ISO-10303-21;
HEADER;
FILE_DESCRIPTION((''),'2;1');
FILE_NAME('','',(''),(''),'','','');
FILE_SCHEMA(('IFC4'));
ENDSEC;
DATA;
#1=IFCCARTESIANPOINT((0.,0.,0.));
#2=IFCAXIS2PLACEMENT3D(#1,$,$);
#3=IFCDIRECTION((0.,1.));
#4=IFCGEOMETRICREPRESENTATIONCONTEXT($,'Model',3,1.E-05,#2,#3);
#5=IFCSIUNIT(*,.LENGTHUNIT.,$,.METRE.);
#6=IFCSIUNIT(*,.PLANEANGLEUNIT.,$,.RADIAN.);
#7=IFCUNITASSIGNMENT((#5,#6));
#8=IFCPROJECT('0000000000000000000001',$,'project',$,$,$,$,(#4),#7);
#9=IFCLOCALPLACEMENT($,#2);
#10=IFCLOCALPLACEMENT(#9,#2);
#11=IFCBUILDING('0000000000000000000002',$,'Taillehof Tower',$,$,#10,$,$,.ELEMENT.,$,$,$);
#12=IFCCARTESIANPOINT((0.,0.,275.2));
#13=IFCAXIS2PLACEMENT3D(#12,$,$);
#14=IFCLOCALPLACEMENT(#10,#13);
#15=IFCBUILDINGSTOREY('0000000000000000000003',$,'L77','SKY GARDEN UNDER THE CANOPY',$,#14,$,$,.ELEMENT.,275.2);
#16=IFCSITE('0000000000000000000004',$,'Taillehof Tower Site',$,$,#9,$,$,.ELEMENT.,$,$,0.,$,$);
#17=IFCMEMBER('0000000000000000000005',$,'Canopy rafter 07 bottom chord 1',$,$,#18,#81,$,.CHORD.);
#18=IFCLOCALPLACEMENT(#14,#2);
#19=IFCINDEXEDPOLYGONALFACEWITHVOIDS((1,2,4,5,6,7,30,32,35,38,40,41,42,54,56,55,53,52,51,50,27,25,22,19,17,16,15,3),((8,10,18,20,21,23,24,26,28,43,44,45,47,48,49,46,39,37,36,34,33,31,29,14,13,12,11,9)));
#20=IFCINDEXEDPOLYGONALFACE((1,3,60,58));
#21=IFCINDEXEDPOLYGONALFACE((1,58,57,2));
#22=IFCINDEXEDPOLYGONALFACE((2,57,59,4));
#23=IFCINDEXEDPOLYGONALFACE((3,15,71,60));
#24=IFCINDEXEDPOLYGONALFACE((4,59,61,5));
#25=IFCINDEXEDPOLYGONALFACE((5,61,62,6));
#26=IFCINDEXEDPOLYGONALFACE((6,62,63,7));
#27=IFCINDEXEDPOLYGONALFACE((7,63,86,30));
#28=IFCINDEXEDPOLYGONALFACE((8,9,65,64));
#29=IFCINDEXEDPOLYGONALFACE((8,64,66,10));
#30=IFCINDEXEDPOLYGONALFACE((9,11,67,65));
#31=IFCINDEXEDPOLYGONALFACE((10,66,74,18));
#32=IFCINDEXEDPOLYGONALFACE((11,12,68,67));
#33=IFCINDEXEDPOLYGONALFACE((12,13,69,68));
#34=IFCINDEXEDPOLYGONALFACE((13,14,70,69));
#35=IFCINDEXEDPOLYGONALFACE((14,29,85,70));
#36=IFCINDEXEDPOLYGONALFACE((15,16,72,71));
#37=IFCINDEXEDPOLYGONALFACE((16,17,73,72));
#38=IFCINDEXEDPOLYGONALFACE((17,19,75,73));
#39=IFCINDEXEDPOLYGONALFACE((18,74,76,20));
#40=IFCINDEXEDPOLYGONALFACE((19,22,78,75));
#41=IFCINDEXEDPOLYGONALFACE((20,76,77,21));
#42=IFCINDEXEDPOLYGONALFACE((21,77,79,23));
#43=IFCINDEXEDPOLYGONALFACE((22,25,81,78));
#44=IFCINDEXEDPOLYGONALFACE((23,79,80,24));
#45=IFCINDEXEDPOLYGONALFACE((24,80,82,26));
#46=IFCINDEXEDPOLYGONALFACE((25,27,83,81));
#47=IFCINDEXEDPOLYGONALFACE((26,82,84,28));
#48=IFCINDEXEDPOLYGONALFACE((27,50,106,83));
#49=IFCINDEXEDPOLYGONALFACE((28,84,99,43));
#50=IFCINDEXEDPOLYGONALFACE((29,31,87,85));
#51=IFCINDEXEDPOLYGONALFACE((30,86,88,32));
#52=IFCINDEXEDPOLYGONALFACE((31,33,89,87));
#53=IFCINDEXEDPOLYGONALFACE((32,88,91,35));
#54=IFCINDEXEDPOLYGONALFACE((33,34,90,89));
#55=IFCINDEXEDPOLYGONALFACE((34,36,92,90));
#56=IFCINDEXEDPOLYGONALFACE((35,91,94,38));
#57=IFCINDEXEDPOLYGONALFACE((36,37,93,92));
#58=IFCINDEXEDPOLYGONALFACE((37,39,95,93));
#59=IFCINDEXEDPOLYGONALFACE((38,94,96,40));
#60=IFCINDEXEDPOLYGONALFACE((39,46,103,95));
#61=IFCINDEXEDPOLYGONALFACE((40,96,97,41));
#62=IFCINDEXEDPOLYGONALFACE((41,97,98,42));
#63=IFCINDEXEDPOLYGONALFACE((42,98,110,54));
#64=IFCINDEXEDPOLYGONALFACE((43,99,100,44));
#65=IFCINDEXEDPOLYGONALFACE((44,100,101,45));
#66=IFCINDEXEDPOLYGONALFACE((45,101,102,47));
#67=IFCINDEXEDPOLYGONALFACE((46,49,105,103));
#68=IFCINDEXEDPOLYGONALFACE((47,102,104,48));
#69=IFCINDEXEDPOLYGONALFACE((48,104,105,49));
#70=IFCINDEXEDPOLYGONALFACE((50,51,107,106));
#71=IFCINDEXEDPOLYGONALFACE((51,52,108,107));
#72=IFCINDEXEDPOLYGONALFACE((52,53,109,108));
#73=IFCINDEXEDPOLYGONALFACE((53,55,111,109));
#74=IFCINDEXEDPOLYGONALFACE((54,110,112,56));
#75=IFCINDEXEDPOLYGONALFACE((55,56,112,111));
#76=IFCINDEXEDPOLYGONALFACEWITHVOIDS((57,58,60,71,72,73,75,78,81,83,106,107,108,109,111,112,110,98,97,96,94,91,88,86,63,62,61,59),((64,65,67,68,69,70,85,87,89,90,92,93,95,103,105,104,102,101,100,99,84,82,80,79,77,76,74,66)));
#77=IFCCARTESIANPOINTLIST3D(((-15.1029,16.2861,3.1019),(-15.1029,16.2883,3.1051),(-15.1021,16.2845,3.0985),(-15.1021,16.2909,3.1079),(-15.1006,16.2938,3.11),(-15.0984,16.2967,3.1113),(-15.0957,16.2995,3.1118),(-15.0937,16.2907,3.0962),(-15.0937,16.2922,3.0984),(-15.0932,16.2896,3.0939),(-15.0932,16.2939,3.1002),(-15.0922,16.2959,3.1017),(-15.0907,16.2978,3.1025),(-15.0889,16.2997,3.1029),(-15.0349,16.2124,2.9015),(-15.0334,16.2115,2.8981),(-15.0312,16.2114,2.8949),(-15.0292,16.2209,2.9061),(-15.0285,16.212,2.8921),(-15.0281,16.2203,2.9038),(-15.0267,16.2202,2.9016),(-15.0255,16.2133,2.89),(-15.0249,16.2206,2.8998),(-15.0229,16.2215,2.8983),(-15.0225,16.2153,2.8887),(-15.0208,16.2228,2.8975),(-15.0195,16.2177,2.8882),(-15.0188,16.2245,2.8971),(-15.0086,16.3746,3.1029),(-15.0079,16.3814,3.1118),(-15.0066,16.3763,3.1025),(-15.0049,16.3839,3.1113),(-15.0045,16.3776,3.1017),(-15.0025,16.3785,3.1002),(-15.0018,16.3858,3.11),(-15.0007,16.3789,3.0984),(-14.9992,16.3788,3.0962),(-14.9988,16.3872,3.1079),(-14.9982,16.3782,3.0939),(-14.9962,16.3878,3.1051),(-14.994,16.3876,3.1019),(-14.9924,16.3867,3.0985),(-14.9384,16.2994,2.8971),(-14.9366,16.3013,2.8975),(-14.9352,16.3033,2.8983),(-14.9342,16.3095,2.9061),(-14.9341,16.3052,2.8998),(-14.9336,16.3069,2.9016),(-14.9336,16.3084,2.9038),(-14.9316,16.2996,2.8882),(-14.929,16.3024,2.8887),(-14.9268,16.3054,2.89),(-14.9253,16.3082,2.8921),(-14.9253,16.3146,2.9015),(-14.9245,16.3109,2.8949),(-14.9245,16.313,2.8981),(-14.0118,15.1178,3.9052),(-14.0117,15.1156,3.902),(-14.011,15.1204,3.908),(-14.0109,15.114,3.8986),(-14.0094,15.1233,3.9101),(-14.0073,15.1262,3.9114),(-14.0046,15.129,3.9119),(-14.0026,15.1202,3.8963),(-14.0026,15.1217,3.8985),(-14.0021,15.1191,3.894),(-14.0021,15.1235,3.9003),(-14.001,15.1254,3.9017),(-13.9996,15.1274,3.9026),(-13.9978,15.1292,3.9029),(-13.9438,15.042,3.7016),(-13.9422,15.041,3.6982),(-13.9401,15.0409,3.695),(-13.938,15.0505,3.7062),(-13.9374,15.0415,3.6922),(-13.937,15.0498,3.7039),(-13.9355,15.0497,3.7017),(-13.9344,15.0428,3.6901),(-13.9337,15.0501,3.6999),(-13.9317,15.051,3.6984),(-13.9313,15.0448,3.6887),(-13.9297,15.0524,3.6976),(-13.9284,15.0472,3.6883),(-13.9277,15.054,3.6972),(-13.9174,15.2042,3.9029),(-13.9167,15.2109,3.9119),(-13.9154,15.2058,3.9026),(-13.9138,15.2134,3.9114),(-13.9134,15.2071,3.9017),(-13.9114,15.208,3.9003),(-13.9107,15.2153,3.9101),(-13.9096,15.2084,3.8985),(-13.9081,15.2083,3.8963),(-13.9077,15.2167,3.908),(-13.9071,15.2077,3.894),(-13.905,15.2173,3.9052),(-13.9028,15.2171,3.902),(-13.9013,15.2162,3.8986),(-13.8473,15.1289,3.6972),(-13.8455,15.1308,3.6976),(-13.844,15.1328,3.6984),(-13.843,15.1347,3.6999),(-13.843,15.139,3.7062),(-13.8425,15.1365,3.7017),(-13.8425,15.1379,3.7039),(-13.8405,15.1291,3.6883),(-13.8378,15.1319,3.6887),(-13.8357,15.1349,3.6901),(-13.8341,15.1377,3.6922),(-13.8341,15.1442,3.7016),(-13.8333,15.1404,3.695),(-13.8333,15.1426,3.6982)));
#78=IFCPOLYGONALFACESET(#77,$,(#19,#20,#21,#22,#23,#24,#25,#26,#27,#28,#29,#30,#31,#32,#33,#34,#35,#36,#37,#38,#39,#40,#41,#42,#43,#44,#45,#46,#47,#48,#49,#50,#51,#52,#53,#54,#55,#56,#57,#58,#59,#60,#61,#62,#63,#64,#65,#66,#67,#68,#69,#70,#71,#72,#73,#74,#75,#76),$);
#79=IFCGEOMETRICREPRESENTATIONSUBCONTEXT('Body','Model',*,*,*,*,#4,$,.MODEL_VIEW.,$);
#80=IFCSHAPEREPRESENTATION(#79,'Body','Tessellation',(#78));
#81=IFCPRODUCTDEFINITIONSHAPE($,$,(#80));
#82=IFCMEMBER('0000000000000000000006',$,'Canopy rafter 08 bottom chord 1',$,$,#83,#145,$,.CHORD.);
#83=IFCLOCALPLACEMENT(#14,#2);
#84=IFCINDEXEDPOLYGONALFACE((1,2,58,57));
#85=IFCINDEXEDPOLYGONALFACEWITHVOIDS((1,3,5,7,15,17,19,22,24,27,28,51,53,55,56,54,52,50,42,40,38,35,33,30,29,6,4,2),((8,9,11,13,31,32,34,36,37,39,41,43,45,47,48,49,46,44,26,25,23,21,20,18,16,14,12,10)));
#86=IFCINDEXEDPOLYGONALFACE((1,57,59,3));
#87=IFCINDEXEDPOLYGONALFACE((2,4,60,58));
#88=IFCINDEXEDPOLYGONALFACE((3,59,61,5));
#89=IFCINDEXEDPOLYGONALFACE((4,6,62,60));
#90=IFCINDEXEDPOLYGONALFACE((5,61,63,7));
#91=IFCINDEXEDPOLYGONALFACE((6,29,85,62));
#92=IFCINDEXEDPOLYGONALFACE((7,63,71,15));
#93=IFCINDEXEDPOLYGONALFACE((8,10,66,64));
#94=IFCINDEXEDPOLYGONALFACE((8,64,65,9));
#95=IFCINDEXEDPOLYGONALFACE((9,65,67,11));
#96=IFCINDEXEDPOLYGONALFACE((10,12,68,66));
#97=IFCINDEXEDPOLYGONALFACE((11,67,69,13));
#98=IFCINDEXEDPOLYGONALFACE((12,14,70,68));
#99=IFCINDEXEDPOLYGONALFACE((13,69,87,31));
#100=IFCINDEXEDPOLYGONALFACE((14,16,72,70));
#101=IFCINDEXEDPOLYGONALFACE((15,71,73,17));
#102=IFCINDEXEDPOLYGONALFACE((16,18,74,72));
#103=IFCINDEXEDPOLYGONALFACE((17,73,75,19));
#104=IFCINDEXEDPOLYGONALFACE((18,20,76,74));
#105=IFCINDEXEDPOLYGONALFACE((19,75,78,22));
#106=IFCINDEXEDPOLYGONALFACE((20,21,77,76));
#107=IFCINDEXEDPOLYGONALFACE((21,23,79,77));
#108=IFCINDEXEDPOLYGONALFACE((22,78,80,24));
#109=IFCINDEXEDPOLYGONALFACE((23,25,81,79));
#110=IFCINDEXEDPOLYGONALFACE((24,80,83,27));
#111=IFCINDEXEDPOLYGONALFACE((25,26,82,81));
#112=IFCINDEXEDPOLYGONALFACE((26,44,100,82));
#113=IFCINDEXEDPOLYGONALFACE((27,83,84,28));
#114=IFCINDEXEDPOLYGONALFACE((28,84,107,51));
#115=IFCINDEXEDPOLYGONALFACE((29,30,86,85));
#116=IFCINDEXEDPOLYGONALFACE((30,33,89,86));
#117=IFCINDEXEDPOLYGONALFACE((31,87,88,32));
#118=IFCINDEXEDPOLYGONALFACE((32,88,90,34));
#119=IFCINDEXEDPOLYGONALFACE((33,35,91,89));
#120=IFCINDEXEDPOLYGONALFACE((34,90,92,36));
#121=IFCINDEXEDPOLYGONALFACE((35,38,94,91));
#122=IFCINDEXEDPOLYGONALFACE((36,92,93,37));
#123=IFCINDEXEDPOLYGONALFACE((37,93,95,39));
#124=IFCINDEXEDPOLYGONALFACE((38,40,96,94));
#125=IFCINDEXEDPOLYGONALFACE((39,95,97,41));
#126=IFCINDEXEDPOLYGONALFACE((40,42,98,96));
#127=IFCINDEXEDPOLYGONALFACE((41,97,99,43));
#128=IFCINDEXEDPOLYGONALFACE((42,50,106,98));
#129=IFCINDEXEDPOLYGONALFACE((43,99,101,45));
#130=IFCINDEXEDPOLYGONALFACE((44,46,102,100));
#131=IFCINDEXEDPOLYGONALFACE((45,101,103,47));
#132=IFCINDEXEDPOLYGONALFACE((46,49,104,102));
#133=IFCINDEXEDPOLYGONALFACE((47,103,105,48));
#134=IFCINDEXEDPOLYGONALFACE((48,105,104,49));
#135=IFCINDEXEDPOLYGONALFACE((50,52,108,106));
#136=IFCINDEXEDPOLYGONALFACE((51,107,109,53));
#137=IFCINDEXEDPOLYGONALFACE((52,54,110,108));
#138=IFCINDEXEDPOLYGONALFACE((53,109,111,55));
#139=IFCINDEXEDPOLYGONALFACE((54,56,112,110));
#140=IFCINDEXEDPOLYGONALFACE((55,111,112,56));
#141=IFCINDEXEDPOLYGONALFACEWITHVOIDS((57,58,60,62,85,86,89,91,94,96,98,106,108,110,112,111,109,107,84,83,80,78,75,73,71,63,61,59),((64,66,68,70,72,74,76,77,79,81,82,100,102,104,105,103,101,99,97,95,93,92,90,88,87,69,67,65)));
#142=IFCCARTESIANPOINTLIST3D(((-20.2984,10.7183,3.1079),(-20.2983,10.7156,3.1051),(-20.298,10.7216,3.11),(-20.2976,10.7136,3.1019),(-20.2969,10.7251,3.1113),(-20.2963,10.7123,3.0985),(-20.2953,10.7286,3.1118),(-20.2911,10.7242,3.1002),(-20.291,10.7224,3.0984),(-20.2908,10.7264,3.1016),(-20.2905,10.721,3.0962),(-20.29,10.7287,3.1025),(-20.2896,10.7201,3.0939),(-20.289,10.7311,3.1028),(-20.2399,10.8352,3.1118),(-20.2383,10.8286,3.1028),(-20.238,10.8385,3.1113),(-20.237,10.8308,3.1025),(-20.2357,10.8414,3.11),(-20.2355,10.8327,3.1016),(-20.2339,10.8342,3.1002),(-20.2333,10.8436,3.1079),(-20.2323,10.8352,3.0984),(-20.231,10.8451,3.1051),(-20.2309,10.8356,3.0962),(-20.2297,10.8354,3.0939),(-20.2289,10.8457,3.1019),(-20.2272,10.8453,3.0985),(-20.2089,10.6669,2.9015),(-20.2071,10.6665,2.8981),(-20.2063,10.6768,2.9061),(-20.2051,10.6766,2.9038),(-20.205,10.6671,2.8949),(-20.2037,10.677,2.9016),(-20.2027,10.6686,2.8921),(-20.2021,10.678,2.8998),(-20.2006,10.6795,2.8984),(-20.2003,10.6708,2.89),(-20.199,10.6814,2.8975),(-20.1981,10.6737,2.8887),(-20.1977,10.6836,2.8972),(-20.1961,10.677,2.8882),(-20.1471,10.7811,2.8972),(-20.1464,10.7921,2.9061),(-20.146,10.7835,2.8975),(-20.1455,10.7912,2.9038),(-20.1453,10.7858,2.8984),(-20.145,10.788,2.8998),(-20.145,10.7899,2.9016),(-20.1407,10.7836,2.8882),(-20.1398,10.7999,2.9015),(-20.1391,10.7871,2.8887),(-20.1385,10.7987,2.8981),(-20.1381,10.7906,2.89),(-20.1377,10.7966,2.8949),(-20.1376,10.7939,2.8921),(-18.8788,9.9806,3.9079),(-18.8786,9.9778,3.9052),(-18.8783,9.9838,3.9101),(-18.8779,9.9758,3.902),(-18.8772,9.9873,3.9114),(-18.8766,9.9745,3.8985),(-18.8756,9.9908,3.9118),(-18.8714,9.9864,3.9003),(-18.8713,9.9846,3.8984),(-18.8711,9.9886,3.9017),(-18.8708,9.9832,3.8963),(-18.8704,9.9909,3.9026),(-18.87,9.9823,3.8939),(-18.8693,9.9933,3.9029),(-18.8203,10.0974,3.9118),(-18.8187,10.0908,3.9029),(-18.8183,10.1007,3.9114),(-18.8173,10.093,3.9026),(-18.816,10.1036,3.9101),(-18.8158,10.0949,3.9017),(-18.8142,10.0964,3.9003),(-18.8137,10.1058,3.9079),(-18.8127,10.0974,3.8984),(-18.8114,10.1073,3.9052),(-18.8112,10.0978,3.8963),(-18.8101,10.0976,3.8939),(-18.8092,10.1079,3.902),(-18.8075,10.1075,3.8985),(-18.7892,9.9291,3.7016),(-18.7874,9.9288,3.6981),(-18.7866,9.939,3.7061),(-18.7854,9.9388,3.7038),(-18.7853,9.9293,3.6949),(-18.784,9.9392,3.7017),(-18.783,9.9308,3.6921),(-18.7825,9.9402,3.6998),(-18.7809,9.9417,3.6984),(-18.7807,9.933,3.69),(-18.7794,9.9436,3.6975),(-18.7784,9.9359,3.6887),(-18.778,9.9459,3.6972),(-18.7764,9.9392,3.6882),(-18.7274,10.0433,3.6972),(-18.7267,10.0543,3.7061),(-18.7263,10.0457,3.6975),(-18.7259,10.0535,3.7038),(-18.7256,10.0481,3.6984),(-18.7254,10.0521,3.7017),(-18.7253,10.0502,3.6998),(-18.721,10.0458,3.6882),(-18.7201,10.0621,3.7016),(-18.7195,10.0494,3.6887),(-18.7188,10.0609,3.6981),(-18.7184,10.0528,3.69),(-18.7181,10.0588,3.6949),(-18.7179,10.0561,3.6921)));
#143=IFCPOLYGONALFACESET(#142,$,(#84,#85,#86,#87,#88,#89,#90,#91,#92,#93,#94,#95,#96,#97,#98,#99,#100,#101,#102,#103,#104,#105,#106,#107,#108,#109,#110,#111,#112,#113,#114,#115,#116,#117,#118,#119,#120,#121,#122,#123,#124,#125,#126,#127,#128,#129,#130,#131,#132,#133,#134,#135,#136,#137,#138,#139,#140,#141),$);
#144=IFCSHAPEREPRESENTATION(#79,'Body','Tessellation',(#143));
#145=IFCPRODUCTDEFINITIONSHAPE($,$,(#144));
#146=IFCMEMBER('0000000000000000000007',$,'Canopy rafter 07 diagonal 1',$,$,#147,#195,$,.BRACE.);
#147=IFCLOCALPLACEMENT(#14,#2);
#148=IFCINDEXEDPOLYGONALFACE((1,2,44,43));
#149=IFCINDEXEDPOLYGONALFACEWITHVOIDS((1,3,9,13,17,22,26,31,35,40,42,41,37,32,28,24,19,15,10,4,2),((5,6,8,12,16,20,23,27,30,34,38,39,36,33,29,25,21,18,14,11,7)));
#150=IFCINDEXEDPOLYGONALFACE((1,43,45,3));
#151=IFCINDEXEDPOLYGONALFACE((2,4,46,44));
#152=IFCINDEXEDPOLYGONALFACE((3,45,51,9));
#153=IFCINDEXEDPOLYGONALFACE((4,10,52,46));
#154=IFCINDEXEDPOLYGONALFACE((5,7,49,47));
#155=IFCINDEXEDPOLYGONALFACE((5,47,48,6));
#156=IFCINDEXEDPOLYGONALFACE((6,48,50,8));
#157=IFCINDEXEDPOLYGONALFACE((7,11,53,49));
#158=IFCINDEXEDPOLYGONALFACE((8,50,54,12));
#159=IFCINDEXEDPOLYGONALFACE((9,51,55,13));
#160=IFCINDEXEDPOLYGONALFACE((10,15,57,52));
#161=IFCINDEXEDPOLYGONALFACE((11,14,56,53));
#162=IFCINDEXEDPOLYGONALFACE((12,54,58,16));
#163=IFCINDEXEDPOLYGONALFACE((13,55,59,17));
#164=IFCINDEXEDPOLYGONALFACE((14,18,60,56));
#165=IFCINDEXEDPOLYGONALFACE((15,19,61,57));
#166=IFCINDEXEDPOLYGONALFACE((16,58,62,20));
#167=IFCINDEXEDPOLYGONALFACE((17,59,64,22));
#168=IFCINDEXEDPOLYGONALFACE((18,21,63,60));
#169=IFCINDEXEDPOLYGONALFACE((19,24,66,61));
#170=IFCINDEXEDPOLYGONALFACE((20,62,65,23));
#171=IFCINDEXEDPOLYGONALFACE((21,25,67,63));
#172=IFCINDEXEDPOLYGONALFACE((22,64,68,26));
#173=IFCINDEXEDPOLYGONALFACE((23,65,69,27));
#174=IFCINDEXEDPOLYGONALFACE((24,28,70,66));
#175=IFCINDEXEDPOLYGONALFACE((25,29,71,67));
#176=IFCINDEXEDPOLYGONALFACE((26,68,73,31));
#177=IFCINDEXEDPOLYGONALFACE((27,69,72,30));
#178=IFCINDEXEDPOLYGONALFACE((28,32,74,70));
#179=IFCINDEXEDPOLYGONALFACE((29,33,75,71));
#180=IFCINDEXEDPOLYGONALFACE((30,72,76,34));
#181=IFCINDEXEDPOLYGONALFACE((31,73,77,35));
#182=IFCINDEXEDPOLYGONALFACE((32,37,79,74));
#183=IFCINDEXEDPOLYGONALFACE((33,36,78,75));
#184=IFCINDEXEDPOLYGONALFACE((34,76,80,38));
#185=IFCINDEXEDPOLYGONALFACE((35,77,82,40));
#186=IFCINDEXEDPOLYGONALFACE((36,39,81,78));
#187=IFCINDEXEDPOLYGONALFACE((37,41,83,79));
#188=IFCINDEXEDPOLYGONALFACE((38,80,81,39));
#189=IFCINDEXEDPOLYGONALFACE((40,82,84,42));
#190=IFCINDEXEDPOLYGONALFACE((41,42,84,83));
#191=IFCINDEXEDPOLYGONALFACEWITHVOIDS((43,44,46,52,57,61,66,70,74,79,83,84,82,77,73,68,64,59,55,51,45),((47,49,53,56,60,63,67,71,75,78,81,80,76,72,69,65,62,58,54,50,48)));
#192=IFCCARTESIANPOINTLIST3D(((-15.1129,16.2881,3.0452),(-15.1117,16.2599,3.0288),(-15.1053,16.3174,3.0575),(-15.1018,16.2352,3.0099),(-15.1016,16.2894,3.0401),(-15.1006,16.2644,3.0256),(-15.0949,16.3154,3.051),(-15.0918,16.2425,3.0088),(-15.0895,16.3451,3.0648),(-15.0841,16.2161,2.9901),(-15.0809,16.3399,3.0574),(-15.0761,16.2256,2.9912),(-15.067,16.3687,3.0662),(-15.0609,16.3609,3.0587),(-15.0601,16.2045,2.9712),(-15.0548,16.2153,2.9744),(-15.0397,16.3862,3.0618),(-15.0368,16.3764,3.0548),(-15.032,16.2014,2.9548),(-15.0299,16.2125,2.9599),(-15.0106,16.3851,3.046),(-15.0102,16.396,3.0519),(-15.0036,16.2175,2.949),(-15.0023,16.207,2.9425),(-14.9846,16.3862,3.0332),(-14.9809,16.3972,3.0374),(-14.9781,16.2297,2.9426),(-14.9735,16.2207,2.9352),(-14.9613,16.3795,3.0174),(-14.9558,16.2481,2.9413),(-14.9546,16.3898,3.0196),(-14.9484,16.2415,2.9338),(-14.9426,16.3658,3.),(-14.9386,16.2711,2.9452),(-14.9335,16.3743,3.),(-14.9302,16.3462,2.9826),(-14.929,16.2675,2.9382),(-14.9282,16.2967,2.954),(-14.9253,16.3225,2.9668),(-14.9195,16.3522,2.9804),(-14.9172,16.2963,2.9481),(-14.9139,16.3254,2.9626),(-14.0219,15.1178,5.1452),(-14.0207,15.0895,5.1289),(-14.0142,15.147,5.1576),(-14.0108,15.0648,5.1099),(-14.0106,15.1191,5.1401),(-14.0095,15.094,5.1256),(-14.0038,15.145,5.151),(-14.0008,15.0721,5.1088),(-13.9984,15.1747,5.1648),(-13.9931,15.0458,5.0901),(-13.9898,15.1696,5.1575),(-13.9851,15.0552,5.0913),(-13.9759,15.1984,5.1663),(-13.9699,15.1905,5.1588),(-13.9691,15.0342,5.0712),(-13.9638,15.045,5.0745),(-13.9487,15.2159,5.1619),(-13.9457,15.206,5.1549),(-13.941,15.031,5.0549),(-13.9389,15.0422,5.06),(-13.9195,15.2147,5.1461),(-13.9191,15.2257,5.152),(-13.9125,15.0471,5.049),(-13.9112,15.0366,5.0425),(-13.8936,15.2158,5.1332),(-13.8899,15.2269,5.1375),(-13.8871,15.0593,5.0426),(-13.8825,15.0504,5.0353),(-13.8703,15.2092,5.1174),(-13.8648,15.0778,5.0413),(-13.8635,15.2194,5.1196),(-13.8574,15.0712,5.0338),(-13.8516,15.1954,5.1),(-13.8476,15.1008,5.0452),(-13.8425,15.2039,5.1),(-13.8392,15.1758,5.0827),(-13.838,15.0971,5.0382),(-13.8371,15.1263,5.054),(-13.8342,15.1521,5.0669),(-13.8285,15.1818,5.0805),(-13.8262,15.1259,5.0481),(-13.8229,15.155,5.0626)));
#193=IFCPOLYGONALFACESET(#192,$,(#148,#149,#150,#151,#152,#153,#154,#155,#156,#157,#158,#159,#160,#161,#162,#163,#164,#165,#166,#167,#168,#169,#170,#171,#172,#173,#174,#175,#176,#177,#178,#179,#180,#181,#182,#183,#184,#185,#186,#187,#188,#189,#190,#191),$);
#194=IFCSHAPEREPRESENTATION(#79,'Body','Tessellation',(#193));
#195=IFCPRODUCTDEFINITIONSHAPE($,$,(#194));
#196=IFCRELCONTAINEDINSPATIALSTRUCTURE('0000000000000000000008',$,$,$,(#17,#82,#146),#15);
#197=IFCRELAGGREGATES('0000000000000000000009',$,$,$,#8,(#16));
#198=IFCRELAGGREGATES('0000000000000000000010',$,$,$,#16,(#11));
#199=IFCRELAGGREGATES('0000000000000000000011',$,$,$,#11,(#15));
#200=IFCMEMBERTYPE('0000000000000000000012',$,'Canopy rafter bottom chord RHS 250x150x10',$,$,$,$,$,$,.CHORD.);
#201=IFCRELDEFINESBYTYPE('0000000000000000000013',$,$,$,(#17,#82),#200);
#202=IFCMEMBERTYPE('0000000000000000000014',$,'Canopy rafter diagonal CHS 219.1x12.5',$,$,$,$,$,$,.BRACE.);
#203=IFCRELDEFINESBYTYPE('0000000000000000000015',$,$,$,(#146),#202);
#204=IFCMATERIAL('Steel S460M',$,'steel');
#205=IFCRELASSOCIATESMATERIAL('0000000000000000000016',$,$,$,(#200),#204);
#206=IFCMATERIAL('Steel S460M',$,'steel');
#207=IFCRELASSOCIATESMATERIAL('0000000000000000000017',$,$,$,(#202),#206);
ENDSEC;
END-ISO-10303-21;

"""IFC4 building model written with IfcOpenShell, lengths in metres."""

from ifc_helpers import new_model, si_unit, direction, frame, origin, origin_2d, place, context, subcontext, project, spatial, hollow_rectangle, hollow_circle, extrude, material, material_profile, profile_set, type_object, element, save


model = new_model("IFC4")

# Units and contexts
model_context = context("Model", 3, precision=1e-05, world=origin(), true_north=direction((0.0, 1.0)))
body_context = subcontext(model_context, "Body", "Model", "MODEL_VIEW")
ifc_project = project(units=[si_unit("LENGTHUNIT", "METRE"), si_unit("PLANEANGLEUNIT", "RADIAN")], contexts=[model_context])

# Site, building, storey
site_placement = place(None, origin())
site = spatial("IfcSite", under=ifc_project, at=site_placement, Name="Taillehof Tower Site", CompositionType="ELEMENT", RefElevation=0.0)
building_placement = place(site_placement, origin())
building = spatial("IfcBuilding", under=site, at=building_placement, Name="Taillehof Tower", CompositionType="ELEMENT")
storey_placement = place(building_placement, frame((0.0, 0.0, 275.2)))
storey = spatial("IfcBuildingStorey", under=building, at=storey_placement, Name="L77", Description="SKY GARDEN UNDER THE CANOPY", CompositionType="ELEMENT", Elevation=275.2)

# Members
ifc_material_1 = material(Name="Steel S460M", Category="steel")
ifc_material_profile_1 = material_profile(ifc_material_1, hollow_rectangle(XDim=0.1499, YDim=0.25, WallThickness=0.01, InnerFilletRadius=0.01, OuterFilletRadius=0.0149, at=origin_2d()), Name="RHS 250x150x10")
ifc_profile_set_1 = profile_set([ifc_material_profile_1], Name="Steel S460M")
member_type_1 = type_object("IfcMemberType", Name="Canopy rafter bottom chord RHS 250x150x10", PredefinedType="CHORD", material=ifc_profile_set_1)
member_1_placement = place(storey_placement, frame((-15.0137, 16.2996, 3.0), z_axis=(0.609889, -0.654242, 0.447216), x_axis=(0.731466, 0.681878, 0.0)))
element("IfcMember", 1, at=member_1_placement, inside=storey, type_object=member_type_1, Name="Canopy rafter 07 bottom chord 1", PredefinedType="CHORD", context=body_context, shape_type="SweptSolid", body=[
    extrude(hollow_rectangle(XDim=0.1499, YDim=0.25, WallThickness=0.01, InnerFilletRadius=0.01, OuterFilletRadius=0.0149, at=origin_2d()), origin(), (0.0, 0.0, 1.0), 1.7891),
])
member_2_placement = place(storey_placement, frame((-20.218, 10.7561, 3.0), z_axis=(0.793636, -0.412445, 0.447248), x_axis=(0.461137, 0.887329, 0.0)))
element("IfcMember", 2, at=member_2_placement, inside=storey, type_object=member_type_1, Name="Canopy rafter 08 bottom chord 1", PredefinedType="CHORD", context=body_context, shape_type="SweptSolid", body=[
    extrude(hollow_rectangle(XDim=0.1499, YDim=0.25, WallThickness=0.01, InnerFilletRadius=0.01, OuterFilletRadius=0.0149, at=origin_2d()), origin(), (0.0, 0.0, 1.0), 1.7888),
])
ifc_material_2 = material(Name="Steel S460M", Category="steel")
ifc_material_profile_2 = material_profile(ifc_material_2, hollow_circle(Radius=0.1096, WallThickness=0.0125, at=origin_2d()), Name="CHS 219.1x12.5")
ifc_profile_set_2 = profile_set([ifc_material_profile_2], Name="Steel S460M")
member_type_2 = type_object("IfcMemberType", Name="Canopy rafter diagonal CHS 219.1x12.5", PredefinedType="BRACE", material=ifc_profile_set_2)
for number, where, z_axis, x_axis, name in (
    (3, (-15.0137, 16.2996, 3.0), (0.41325, -0.443302, 0.795429), (0.731466, 0.681878, 0.0), "Canopy rafter 07 diagonal 1"),
):
    element("IfcMember", number, at=place(storey_placement, frame(where, z_axis=z_axis, x_axis=x_axis)), inside=storey, type_object=member_type_2, Name=name, PredefinedType="BRACE", context=body_context, shape_type="SweptSolid", body=[
        extrude(hollow_circle(Radius=0.1096, WallThickness=0.0125, at=origin_2d()), origin(), (0.0, 0.0, 1.0), 2.6401),
    ])

save(model, "model.ifc")
